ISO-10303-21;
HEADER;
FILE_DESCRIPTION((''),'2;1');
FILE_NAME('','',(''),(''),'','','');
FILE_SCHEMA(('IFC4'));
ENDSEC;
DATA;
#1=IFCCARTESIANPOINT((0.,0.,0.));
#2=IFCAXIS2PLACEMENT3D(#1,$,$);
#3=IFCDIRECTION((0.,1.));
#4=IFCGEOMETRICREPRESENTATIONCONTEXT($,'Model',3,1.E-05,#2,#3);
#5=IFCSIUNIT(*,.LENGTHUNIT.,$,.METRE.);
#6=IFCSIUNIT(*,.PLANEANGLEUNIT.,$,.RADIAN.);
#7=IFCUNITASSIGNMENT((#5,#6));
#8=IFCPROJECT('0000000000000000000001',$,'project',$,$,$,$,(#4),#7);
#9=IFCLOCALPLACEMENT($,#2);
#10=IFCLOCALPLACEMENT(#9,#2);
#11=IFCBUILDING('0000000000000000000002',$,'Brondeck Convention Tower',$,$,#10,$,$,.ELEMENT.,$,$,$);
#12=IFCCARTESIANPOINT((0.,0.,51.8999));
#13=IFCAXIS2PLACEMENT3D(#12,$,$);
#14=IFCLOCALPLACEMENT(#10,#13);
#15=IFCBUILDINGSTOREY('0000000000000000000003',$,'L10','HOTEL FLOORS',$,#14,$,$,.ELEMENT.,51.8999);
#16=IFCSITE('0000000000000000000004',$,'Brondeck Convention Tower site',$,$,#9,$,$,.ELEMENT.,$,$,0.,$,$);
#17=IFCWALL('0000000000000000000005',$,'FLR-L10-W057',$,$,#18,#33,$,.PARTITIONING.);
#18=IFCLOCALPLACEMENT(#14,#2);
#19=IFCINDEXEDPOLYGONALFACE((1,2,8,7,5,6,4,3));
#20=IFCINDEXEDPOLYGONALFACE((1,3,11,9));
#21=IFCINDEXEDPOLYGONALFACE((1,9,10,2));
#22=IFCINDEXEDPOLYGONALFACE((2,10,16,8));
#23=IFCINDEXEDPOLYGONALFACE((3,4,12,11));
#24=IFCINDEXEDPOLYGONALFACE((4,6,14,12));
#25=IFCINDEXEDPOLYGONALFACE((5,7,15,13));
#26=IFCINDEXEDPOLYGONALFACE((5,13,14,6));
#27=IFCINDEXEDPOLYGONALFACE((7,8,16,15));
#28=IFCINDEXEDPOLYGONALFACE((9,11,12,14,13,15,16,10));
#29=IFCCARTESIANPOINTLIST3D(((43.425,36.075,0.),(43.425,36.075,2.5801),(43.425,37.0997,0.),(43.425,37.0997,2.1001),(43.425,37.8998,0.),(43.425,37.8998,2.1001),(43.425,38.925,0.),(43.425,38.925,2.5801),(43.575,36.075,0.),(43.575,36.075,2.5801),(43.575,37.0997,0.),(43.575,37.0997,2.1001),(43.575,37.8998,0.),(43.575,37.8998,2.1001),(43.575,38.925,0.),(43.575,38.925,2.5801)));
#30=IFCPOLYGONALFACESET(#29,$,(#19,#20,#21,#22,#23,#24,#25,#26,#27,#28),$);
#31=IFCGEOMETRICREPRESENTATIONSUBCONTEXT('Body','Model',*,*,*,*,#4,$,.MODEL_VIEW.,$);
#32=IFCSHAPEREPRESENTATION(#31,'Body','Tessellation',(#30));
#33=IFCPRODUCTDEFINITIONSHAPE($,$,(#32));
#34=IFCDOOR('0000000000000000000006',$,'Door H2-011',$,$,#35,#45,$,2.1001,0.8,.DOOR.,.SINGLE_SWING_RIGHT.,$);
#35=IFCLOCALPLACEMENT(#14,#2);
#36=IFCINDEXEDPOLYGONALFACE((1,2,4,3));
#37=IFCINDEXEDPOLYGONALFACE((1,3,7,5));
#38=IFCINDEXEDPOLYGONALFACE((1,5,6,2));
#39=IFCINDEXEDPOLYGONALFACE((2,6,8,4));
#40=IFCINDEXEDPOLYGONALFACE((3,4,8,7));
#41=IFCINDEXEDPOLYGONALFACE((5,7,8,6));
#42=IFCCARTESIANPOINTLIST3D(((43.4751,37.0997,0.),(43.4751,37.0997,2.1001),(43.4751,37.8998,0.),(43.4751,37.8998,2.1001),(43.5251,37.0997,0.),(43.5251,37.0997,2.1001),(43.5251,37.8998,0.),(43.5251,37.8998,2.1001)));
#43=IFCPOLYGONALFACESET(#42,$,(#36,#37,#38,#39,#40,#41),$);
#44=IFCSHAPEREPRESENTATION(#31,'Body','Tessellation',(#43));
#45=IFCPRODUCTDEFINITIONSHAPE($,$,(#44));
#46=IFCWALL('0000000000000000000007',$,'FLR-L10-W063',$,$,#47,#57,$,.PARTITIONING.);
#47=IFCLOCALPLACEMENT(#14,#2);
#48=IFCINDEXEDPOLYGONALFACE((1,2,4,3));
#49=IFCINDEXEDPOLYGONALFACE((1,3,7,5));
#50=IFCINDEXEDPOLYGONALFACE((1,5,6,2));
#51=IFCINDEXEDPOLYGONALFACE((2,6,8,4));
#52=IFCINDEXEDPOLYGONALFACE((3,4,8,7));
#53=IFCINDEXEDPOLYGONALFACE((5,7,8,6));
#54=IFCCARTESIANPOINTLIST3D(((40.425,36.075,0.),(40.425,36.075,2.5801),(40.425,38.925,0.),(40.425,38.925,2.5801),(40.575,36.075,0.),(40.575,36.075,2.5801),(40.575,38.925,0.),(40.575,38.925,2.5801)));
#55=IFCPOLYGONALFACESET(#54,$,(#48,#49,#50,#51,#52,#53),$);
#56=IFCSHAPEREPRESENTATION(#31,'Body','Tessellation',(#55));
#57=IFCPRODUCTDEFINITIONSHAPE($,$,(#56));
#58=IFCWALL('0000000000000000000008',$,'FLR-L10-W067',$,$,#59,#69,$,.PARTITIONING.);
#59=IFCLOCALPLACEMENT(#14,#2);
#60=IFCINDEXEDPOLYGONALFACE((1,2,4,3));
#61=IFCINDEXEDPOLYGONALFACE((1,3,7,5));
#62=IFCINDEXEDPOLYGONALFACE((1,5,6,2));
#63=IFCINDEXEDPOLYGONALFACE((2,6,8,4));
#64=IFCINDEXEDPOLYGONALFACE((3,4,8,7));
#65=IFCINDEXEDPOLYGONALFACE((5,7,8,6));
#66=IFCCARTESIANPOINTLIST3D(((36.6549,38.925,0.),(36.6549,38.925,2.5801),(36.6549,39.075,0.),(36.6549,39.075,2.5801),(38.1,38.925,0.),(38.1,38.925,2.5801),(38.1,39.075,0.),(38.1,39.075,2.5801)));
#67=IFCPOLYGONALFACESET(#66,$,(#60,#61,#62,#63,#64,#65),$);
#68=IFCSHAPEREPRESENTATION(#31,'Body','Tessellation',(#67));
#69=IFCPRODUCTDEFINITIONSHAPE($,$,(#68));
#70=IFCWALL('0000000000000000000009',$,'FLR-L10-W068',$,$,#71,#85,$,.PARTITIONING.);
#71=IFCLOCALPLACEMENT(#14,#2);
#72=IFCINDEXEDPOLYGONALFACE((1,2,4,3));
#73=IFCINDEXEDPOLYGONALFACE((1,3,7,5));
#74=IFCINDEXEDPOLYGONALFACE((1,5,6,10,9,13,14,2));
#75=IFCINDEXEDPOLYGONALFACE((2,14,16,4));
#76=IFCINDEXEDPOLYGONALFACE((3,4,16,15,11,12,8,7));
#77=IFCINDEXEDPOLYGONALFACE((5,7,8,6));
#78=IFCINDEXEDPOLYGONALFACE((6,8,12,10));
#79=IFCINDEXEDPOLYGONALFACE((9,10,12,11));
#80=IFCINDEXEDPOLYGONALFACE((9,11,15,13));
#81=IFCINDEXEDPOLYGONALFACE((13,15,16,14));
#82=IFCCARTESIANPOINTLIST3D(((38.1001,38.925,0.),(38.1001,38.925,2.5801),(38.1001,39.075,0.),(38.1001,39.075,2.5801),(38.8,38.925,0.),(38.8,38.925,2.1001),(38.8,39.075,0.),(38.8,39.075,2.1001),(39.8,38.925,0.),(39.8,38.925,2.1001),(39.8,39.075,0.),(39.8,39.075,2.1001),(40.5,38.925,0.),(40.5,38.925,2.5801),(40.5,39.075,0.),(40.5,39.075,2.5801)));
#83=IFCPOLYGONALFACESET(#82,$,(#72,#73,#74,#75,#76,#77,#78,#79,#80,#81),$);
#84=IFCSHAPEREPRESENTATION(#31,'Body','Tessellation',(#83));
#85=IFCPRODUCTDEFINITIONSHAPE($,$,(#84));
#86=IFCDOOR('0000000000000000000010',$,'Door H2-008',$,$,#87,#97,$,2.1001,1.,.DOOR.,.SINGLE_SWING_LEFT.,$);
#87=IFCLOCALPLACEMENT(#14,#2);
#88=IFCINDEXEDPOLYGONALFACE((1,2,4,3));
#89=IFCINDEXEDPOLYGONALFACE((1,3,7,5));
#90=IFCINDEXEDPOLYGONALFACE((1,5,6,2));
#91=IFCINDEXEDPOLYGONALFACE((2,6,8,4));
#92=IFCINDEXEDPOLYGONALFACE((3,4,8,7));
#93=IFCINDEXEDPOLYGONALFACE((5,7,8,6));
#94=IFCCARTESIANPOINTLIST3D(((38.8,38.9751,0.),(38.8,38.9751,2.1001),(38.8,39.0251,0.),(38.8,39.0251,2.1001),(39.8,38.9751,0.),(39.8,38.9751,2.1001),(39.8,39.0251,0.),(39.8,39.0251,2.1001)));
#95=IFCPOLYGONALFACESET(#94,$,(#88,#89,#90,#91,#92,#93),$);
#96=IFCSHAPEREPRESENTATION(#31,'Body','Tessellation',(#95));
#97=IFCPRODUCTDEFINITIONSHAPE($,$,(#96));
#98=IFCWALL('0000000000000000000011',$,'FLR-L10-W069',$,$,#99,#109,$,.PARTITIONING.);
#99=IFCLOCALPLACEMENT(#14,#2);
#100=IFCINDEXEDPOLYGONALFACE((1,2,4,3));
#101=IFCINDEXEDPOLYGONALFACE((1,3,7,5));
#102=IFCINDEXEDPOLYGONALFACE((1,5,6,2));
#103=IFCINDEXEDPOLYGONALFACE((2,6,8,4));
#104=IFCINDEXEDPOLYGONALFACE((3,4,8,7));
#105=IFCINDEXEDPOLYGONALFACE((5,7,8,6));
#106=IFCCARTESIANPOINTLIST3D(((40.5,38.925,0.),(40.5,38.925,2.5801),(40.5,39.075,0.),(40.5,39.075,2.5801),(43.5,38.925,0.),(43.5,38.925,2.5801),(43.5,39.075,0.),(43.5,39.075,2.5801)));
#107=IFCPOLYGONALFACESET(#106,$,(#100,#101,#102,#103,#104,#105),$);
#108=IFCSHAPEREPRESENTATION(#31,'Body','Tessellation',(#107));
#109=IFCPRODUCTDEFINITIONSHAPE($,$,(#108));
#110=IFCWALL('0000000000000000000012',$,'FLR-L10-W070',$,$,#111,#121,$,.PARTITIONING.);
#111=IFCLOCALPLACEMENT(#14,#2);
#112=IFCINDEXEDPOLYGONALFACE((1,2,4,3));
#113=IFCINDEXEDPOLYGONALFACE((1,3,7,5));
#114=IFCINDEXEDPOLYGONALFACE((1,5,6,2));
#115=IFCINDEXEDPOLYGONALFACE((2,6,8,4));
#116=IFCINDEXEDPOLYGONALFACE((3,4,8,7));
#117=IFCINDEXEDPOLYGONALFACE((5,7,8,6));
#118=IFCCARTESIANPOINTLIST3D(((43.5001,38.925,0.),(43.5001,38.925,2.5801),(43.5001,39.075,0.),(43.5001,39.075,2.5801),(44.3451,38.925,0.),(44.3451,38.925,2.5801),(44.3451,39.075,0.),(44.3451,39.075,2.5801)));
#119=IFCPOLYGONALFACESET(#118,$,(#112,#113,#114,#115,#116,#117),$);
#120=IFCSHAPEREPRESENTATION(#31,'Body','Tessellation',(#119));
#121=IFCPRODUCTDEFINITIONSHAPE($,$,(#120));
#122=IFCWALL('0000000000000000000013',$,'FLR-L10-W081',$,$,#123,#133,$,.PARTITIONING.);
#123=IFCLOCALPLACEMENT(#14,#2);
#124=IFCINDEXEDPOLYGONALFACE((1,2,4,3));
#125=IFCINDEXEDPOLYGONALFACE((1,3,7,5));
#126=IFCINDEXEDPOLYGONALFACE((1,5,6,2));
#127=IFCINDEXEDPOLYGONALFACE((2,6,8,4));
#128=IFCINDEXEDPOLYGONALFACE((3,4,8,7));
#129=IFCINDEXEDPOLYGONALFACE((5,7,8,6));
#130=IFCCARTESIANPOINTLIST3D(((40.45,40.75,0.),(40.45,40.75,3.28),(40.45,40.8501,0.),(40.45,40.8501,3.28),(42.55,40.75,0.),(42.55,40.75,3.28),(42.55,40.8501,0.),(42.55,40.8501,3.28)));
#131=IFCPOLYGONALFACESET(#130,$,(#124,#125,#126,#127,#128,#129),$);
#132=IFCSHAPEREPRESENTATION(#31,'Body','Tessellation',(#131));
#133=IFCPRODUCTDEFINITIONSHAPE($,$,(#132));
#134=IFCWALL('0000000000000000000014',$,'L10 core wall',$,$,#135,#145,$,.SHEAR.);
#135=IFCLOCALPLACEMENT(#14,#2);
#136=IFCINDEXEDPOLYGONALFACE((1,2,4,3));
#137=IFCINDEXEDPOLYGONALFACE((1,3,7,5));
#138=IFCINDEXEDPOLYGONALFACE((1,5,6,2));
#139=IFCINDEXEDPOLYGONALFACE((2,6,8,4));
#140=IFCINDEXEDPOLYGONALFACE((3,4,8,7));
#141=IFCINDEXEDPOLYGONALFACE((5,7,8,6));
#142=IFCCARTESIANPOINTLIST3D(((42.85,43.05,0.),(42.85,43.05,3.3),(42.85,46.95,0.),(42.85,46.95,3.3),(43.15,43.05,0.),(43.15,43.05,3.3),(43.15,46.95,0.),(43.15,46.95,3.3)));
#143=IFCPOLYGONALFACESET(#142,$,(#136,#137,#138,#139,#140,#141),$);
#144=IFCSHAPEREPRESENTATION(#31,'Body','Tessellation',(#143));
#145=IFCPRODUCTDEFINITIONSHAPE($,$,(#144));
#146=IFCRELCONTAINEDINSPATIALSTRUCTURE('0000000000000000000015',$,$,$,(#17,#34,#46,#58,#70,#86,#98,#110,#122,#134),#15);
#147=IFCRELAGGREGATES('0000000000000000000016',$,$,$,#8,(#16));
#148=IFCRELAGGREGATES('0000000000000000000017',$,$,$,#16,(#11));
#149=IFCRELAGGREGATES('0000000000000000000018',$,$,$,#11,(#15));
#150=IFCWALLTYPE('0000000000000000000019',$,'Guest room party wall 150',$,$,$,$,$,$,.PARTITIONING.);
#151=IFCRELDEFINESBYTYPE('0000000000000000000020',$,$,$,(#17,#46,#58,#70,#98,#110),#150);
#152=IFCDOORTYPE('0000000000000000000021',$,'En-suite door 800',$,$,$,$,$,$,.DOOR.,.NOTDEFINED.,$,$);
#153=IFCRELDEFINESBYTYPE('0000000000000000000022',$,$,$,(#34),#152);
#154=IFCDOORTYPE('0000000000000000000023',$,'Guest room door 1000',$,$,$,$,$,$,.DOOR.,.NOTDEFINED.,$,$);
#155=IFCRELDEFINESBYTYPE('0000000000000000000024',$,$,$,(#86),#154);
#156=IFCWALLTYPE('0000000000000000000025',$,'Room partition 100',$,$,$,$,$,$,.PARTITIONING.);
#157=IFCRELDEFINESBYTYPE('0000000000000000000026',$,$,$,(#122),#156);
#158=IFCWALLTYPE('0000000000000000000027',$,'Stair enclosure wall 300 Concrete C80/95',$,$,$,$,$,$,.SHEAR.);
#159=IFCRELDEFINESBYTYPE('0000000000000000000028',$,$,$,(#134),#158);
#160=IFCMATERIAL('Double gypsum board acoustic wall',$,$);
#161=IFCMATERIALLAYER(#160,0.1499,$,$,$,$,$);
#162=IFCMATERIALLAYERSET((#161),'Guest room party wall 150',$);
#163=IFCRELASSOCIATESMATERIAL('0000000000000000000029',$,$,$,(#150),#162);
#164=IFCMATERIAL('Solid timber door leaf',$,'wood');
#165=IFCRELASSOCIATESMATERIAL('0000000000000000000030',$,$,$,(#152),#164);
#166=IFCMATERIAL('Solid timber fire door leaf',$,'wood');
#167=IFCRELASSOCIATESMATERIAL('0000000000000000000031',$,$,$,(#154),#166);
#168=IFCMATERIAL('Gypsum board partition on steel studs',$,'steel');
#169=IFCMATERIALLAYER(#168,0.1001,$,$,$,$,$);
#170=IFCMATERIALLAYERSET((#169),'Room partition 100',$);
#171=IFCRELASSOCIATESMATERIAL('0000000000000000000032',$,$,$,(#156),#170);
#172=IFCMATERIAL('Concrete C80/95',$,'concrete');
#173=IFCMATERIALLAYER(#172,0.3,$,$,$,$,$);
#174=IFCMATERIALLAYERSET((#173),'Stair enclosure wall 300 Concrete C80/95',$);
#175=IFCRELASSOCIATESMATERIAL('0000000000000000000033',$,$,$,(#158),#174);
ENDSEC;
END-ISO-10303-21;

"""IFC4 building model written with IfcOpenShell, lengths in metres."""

from ifc_helpers import new_model, si_unit, direction, frame, frame_2d, origin, place, context, subcontext, project, spatial, rectangle, extrude, material, layer, layer_set, type_object, element, fill, save


model = new_model("IFC4")

# Units and contexts
model_context = context("Model", 3, precision=1e-05, world=origin(), true_north=direction((0.0, 1.0)))
body_context = subcontext(model_context, "Body", "Model", "MODEL_VIEW")
ifc_project = project(units=[si_unit("LENGTHUNIT", "METRE"), si_unit("PLANEANGLEUNIT", "RADIAN")], contexts=[model_context])

# Site, building, storey
site_placement = place(None, origin())
site = spatial("IfcSite", under=ifc_project, at=site_placement, Name="Brondeck Convention Tower site", CompositionType="ELEMENT", RefElevation=0.0)
building_placement = place(site_placement, origin())
building = spatial("IfcBuilding", under=site, at=building_placement, Name="Brondeck Convention Tower", CompositionType="ELEMENT")
storey_placement = place(building_placement, frame((0.0, 0.0, 51.8999)))
storey = spatial("IfcBuildingStorey", under=building, at=storey_placement, Name="L10", Description="HOTEL FLOORS", CompositionType="ELEMENT", Elevation=51.8999)

# Shared definitions
ifc_material_1 = material(Name="Double gypsum board acoustic wall")
ifc_layer_1 = layer(ifc_material_1, 0.1499)
ifc_layer_set_1 = layer_set([ifc_layer_1], Name="Guest room party wall 150")
wall_type_1 = type_object("IfcWallType", Name="Guest room party wall 150", PredefinedType="PARTITIONING", material=ifc_layer_set_1)

# Wall, opening, door
ifc_material_2 = material(Name="Solid timber door leaf", Category="wood")
door_type_1 = type_object("IfcDoorType", Name="En-suite door 800", OperationType="NOTDEFINED", PredefinedType="DOOR", material=ifc_material_2)
wall_1_placement = place(storey_placement, frame((43.5, 36.075, 0.0), z_axis=(0.0, 0.0, 1.0), x_axis=(0.0, 1.0, 0.0)))
wall_1 = element("IfcWall", 1, at=wall_1_placement, inside=storey, type_object=wall_type_1, Name="FLR-L10-W057", PredefinedType="PARTITIONING", context=body_context, shape_type="SweptSolid", body=[
    extrude(rectangle(XDim=2.8501, YDim=0.1499, at=frame_2d((1.425, 0.0))), origin(), (0.0, 0.0, 1.0), 2.5801),
])
opening_1_placement = place(wall_1_placement, frame((1.0249, 0.0, 0.0)))
opening_1 = element("IfcOpeningElement", 2, at=opening_1_placement, cuts=wall_1, PredefinedType="OPENING", context=body_context, shape_type="SweptSolid", body=[
    extrude(rectangle(XDim=0.8, YDim=2.1001, at=frame_2d((0.3999, 1.05))), frame((0.0, 0.085, 0.0), z_axis=(0.0, -1.0, 0.0), x_axis=(1.0, 0.0, 0.0)), (0.0, 0.0, 1.0), 0.1699),
])
door_1_placement = place(opening_1_placement, origin())
door_1 = element("IfcDoor", 3, at=door_1_placement, inside=storey, type_object=door_type_1, Name="Door H2-011", OperationType="SINGLE_SWING_RIGHT", OverallHeight=2.1001, OverallWidth=0.8, PredefinedType="DOOR", context=body_context, shape_type="SweptSolid", body=[
    extrude(rectangle(XDim=0.8, YDim=2.1001, at=frame_2d((0.3999, 1.05))), frame((0.0, 0.0249, 0.0), z_axis=(0.0, -1.0, 0.0), x_axis=(1.0, 0.0, 0.0)), (0.0, 0.0, 1.0), 0.05),
])
fill(opening_1, door_1)

# Walls
wall_2_placement = place(storey_placement, frame((40.5, 38.925, 0.0), z_axis=(0.0, 0.0, 1.0), x_axis=(0.0, -1.0, 0.0)))
element("IfcWall", 4, at=wall_2_placement, inside=storey, type_object=wall_type_1, Name="FLR-L10-W063", PredefinedType="PARTITIONING", context=body_context, shape_type="SweptSolid", body=[
    extrude(rectangle(XDim=2.8501, YDim=0.1499, at=frame_2d((1.425, 0.0))), origin(), (0.0, 0.0, 1.0), 2.5801),
])
wall_3_placement = place(storey_placement, frame((38.1001, 39.0, 0.0), z_axis=(0.0, 0.0, 1.0), x_axis=(-1.0, 0.0, 0.0)))
element("IfcWall", 5, at=wall_3_placement, inside=storey, type_object=wall_type_1, Name="FLR-L10-W067", PredefinedType="PARTITIONING", context=body_context, shape_type="SweptSolid", body=[
    extrude(rectangle(XDim=1.4451, YDim=0.1499, at=frame_2d((0.7227, 0.0))), origin(), (0.0, 0.0, 1.0), 2.5801),
])

# Wall, opening, door
wall_4_placement = place(storey_placement, frame((40.5, 39.0, 0.0), z_axis=(0.0, 0.0, 1.0), x_axis=(-1.0, 0.0, 0.0)))
wall_4 = element("IfcWall", 6, at=wall_4_placement, inside=storey, type_object=wall_type_1, Name="FLR-L10-W068", PredefinedType="PARTITIONING", context=body_context, shape_type="SweptSolid", body=[
    extrude(rectangle(XDim=2.3999, YDim=0.1499, at=frame_2d((1.2, 0.0))), origin(), (0.0, 0.0, 1.0), 2.5801),
])
opening_2_placement = place(wall_4_placement, frame((0.7, 0.0, 0.0)))
opening_2 = element("IfcOpeningElement", 7, at=opening_2_placement, cuts=wall_4, PredefinedType="OPENING", context=body_context, shape_type="SweptSolid", body=[
    extrude(rectangle(XDim=1.0, YDim=2.1001, at=frame_2d((0.5, 1.05))), frame((0.0, 0.085, 0.0), z_axis=(0.0, -1.0, 0.0), x_axis=(1.0, 0.0, 0.0)), (0.0, 0.0, 1.0), 0.1699),
])
ifc_material_3 = material(Name="Solid timber fire door leaf", Category="wood")
door_type_2 = type_object("IfcDoorType", Name="Guest room door 1000", OperationType="NOTDEFINED", PredefinedType="DOOR", material=ifc_material_3)
door_2_placement = place(opening_2_placement, origin())
door_2 = element("IfcDoor", 8, at=door_2_placement, inside=storey, type_object=door_type_2, Name="Door H2-008", OperationType="SINGLE_SWING_LEFT", OverallHeight=2.1001, OverallWidth=1.0, PredefinedType="DOOR", context=body_context, shape_type="SweptSolid", body=[
    extrude(rectangle(XDim=1.0, YDim=2.1001, at=frame_2d((0.5, 1.05))), frame((0.0, 0.0249, 0.0), z_axis=(0.0, -1.0, 0.0), x_axis=(1.0, 0.0, 0.0)), (0.0, 0.0, 1.0), 0.05),
])
fill(opening_2, door_2)

# Walls
wall_5_placement = place(storey_placement, frame((43.5, 39.0, 0.0), z_axis=(0.0, 0.0, 1.0), x_axis=(-1.0, 0.0, 0.0)))
element("IfcWall", 9, at=wall_5_placement, inside=storey, type_object=wall_type_1, Name="FLR-L10-W069", PredefinedType="PARTITIONING", context=body_context, shape_type="SweptSolid", body=[
    extrude(rectangle(XDim=3.0, YDim=0.1499, at=frame_2d((1.5, 0.0))), origin(), (0.0, 0.0, 1.0), 2.5801),
])
wall_6_placement = place(storey_placement, frame((44.345, 39.0, 0.0), z_axis=(0.0, 0.0, 1.0), x_axis=(-1.0, 0.0, 0.0)))
element("IfcWall", 10, at=wall_6_placement, inside=storey, type_object=wall_type_1, Name="FLR-L10-W070", PredefinedType="PARTITIONING", context=body_context, shape_type="SweptSolid", body=[
    extrude(rectangle(XDim=0.845, YDim=0.1499, at=frame_2d((0.4224, 0.0))), origin(), (0.0, 0.0, 1.0), 2.5801),
])
ifc_material_4 = material(Name="Gypsum board partition on steel studs", Category="steel")
ifc_layer_2 = layer(ifc_material_4, 0.1001)
ifc_layer_set_2 = layer_set([ifc_layer_2], Name="Room partition 100")
wall_type_2 = type_object("IfcWallType", Name="Room partition 100", PredefinedType="PARTITIONING", material=ifc_layer_set_2)
wall_7_placement = place(storey_placement, frame((40.45, 40.8, 0.0), z_axis=(0.0, 0.0, 1.0), x_axis=(1.0, 0.0, 0.0)))
element("IfcWall", 11, at=wall_7_placement, inside=storey, type_object=wall_type_2, Name="FLR-L10-W081", PredefinedType="PARTITIONING", context=body_context, shape_type="SweptSolid", body=[
    extrude(rectangle(XDim=2.1001, YDim=0.1001, at=frame_2d((1.05, 0.0))), origin(), (0.0, 0.0, 1.0), 3.28),
])
ifc_material_5 = material(Name="Concrete C80/95", Category="concrete")
ifc_layer_3 = layer(ifc_material_5, 0.3)
ifc_layer_set_3 = layer_set([ifc_layer_3], Name="Stair enclosure wall 300 Concrete C80/95")
wall_type_3 = type_object("IfcWallType", Name="Stair enclosure wall 300 Concrete C80/95", PredefinedType="SHEAR", material=ifc_layer_set_3)
wall_8_placement = place(storey_placement, frame((43.0, 43.05, 0.0), z_axis=(0.0, 0.0, 1.0), x_axis=(0.0, 1.0, 0.0)))
element("IfcWall", 12, at=wall_8_placement, inside=storey, type_object=wall_type_3, Name="L10 core wall", PredefinedType="SHEAR", context=body_context, shape_type="SweptSolid", body=[
    extrude(rectangle(XDim=3.8999, YDim=0.3, at=frame_2d((1.95, 0.0))), origin(), (0.0, 0.0, 1.0), 3.3),
])

save(model, "model.ifc")
